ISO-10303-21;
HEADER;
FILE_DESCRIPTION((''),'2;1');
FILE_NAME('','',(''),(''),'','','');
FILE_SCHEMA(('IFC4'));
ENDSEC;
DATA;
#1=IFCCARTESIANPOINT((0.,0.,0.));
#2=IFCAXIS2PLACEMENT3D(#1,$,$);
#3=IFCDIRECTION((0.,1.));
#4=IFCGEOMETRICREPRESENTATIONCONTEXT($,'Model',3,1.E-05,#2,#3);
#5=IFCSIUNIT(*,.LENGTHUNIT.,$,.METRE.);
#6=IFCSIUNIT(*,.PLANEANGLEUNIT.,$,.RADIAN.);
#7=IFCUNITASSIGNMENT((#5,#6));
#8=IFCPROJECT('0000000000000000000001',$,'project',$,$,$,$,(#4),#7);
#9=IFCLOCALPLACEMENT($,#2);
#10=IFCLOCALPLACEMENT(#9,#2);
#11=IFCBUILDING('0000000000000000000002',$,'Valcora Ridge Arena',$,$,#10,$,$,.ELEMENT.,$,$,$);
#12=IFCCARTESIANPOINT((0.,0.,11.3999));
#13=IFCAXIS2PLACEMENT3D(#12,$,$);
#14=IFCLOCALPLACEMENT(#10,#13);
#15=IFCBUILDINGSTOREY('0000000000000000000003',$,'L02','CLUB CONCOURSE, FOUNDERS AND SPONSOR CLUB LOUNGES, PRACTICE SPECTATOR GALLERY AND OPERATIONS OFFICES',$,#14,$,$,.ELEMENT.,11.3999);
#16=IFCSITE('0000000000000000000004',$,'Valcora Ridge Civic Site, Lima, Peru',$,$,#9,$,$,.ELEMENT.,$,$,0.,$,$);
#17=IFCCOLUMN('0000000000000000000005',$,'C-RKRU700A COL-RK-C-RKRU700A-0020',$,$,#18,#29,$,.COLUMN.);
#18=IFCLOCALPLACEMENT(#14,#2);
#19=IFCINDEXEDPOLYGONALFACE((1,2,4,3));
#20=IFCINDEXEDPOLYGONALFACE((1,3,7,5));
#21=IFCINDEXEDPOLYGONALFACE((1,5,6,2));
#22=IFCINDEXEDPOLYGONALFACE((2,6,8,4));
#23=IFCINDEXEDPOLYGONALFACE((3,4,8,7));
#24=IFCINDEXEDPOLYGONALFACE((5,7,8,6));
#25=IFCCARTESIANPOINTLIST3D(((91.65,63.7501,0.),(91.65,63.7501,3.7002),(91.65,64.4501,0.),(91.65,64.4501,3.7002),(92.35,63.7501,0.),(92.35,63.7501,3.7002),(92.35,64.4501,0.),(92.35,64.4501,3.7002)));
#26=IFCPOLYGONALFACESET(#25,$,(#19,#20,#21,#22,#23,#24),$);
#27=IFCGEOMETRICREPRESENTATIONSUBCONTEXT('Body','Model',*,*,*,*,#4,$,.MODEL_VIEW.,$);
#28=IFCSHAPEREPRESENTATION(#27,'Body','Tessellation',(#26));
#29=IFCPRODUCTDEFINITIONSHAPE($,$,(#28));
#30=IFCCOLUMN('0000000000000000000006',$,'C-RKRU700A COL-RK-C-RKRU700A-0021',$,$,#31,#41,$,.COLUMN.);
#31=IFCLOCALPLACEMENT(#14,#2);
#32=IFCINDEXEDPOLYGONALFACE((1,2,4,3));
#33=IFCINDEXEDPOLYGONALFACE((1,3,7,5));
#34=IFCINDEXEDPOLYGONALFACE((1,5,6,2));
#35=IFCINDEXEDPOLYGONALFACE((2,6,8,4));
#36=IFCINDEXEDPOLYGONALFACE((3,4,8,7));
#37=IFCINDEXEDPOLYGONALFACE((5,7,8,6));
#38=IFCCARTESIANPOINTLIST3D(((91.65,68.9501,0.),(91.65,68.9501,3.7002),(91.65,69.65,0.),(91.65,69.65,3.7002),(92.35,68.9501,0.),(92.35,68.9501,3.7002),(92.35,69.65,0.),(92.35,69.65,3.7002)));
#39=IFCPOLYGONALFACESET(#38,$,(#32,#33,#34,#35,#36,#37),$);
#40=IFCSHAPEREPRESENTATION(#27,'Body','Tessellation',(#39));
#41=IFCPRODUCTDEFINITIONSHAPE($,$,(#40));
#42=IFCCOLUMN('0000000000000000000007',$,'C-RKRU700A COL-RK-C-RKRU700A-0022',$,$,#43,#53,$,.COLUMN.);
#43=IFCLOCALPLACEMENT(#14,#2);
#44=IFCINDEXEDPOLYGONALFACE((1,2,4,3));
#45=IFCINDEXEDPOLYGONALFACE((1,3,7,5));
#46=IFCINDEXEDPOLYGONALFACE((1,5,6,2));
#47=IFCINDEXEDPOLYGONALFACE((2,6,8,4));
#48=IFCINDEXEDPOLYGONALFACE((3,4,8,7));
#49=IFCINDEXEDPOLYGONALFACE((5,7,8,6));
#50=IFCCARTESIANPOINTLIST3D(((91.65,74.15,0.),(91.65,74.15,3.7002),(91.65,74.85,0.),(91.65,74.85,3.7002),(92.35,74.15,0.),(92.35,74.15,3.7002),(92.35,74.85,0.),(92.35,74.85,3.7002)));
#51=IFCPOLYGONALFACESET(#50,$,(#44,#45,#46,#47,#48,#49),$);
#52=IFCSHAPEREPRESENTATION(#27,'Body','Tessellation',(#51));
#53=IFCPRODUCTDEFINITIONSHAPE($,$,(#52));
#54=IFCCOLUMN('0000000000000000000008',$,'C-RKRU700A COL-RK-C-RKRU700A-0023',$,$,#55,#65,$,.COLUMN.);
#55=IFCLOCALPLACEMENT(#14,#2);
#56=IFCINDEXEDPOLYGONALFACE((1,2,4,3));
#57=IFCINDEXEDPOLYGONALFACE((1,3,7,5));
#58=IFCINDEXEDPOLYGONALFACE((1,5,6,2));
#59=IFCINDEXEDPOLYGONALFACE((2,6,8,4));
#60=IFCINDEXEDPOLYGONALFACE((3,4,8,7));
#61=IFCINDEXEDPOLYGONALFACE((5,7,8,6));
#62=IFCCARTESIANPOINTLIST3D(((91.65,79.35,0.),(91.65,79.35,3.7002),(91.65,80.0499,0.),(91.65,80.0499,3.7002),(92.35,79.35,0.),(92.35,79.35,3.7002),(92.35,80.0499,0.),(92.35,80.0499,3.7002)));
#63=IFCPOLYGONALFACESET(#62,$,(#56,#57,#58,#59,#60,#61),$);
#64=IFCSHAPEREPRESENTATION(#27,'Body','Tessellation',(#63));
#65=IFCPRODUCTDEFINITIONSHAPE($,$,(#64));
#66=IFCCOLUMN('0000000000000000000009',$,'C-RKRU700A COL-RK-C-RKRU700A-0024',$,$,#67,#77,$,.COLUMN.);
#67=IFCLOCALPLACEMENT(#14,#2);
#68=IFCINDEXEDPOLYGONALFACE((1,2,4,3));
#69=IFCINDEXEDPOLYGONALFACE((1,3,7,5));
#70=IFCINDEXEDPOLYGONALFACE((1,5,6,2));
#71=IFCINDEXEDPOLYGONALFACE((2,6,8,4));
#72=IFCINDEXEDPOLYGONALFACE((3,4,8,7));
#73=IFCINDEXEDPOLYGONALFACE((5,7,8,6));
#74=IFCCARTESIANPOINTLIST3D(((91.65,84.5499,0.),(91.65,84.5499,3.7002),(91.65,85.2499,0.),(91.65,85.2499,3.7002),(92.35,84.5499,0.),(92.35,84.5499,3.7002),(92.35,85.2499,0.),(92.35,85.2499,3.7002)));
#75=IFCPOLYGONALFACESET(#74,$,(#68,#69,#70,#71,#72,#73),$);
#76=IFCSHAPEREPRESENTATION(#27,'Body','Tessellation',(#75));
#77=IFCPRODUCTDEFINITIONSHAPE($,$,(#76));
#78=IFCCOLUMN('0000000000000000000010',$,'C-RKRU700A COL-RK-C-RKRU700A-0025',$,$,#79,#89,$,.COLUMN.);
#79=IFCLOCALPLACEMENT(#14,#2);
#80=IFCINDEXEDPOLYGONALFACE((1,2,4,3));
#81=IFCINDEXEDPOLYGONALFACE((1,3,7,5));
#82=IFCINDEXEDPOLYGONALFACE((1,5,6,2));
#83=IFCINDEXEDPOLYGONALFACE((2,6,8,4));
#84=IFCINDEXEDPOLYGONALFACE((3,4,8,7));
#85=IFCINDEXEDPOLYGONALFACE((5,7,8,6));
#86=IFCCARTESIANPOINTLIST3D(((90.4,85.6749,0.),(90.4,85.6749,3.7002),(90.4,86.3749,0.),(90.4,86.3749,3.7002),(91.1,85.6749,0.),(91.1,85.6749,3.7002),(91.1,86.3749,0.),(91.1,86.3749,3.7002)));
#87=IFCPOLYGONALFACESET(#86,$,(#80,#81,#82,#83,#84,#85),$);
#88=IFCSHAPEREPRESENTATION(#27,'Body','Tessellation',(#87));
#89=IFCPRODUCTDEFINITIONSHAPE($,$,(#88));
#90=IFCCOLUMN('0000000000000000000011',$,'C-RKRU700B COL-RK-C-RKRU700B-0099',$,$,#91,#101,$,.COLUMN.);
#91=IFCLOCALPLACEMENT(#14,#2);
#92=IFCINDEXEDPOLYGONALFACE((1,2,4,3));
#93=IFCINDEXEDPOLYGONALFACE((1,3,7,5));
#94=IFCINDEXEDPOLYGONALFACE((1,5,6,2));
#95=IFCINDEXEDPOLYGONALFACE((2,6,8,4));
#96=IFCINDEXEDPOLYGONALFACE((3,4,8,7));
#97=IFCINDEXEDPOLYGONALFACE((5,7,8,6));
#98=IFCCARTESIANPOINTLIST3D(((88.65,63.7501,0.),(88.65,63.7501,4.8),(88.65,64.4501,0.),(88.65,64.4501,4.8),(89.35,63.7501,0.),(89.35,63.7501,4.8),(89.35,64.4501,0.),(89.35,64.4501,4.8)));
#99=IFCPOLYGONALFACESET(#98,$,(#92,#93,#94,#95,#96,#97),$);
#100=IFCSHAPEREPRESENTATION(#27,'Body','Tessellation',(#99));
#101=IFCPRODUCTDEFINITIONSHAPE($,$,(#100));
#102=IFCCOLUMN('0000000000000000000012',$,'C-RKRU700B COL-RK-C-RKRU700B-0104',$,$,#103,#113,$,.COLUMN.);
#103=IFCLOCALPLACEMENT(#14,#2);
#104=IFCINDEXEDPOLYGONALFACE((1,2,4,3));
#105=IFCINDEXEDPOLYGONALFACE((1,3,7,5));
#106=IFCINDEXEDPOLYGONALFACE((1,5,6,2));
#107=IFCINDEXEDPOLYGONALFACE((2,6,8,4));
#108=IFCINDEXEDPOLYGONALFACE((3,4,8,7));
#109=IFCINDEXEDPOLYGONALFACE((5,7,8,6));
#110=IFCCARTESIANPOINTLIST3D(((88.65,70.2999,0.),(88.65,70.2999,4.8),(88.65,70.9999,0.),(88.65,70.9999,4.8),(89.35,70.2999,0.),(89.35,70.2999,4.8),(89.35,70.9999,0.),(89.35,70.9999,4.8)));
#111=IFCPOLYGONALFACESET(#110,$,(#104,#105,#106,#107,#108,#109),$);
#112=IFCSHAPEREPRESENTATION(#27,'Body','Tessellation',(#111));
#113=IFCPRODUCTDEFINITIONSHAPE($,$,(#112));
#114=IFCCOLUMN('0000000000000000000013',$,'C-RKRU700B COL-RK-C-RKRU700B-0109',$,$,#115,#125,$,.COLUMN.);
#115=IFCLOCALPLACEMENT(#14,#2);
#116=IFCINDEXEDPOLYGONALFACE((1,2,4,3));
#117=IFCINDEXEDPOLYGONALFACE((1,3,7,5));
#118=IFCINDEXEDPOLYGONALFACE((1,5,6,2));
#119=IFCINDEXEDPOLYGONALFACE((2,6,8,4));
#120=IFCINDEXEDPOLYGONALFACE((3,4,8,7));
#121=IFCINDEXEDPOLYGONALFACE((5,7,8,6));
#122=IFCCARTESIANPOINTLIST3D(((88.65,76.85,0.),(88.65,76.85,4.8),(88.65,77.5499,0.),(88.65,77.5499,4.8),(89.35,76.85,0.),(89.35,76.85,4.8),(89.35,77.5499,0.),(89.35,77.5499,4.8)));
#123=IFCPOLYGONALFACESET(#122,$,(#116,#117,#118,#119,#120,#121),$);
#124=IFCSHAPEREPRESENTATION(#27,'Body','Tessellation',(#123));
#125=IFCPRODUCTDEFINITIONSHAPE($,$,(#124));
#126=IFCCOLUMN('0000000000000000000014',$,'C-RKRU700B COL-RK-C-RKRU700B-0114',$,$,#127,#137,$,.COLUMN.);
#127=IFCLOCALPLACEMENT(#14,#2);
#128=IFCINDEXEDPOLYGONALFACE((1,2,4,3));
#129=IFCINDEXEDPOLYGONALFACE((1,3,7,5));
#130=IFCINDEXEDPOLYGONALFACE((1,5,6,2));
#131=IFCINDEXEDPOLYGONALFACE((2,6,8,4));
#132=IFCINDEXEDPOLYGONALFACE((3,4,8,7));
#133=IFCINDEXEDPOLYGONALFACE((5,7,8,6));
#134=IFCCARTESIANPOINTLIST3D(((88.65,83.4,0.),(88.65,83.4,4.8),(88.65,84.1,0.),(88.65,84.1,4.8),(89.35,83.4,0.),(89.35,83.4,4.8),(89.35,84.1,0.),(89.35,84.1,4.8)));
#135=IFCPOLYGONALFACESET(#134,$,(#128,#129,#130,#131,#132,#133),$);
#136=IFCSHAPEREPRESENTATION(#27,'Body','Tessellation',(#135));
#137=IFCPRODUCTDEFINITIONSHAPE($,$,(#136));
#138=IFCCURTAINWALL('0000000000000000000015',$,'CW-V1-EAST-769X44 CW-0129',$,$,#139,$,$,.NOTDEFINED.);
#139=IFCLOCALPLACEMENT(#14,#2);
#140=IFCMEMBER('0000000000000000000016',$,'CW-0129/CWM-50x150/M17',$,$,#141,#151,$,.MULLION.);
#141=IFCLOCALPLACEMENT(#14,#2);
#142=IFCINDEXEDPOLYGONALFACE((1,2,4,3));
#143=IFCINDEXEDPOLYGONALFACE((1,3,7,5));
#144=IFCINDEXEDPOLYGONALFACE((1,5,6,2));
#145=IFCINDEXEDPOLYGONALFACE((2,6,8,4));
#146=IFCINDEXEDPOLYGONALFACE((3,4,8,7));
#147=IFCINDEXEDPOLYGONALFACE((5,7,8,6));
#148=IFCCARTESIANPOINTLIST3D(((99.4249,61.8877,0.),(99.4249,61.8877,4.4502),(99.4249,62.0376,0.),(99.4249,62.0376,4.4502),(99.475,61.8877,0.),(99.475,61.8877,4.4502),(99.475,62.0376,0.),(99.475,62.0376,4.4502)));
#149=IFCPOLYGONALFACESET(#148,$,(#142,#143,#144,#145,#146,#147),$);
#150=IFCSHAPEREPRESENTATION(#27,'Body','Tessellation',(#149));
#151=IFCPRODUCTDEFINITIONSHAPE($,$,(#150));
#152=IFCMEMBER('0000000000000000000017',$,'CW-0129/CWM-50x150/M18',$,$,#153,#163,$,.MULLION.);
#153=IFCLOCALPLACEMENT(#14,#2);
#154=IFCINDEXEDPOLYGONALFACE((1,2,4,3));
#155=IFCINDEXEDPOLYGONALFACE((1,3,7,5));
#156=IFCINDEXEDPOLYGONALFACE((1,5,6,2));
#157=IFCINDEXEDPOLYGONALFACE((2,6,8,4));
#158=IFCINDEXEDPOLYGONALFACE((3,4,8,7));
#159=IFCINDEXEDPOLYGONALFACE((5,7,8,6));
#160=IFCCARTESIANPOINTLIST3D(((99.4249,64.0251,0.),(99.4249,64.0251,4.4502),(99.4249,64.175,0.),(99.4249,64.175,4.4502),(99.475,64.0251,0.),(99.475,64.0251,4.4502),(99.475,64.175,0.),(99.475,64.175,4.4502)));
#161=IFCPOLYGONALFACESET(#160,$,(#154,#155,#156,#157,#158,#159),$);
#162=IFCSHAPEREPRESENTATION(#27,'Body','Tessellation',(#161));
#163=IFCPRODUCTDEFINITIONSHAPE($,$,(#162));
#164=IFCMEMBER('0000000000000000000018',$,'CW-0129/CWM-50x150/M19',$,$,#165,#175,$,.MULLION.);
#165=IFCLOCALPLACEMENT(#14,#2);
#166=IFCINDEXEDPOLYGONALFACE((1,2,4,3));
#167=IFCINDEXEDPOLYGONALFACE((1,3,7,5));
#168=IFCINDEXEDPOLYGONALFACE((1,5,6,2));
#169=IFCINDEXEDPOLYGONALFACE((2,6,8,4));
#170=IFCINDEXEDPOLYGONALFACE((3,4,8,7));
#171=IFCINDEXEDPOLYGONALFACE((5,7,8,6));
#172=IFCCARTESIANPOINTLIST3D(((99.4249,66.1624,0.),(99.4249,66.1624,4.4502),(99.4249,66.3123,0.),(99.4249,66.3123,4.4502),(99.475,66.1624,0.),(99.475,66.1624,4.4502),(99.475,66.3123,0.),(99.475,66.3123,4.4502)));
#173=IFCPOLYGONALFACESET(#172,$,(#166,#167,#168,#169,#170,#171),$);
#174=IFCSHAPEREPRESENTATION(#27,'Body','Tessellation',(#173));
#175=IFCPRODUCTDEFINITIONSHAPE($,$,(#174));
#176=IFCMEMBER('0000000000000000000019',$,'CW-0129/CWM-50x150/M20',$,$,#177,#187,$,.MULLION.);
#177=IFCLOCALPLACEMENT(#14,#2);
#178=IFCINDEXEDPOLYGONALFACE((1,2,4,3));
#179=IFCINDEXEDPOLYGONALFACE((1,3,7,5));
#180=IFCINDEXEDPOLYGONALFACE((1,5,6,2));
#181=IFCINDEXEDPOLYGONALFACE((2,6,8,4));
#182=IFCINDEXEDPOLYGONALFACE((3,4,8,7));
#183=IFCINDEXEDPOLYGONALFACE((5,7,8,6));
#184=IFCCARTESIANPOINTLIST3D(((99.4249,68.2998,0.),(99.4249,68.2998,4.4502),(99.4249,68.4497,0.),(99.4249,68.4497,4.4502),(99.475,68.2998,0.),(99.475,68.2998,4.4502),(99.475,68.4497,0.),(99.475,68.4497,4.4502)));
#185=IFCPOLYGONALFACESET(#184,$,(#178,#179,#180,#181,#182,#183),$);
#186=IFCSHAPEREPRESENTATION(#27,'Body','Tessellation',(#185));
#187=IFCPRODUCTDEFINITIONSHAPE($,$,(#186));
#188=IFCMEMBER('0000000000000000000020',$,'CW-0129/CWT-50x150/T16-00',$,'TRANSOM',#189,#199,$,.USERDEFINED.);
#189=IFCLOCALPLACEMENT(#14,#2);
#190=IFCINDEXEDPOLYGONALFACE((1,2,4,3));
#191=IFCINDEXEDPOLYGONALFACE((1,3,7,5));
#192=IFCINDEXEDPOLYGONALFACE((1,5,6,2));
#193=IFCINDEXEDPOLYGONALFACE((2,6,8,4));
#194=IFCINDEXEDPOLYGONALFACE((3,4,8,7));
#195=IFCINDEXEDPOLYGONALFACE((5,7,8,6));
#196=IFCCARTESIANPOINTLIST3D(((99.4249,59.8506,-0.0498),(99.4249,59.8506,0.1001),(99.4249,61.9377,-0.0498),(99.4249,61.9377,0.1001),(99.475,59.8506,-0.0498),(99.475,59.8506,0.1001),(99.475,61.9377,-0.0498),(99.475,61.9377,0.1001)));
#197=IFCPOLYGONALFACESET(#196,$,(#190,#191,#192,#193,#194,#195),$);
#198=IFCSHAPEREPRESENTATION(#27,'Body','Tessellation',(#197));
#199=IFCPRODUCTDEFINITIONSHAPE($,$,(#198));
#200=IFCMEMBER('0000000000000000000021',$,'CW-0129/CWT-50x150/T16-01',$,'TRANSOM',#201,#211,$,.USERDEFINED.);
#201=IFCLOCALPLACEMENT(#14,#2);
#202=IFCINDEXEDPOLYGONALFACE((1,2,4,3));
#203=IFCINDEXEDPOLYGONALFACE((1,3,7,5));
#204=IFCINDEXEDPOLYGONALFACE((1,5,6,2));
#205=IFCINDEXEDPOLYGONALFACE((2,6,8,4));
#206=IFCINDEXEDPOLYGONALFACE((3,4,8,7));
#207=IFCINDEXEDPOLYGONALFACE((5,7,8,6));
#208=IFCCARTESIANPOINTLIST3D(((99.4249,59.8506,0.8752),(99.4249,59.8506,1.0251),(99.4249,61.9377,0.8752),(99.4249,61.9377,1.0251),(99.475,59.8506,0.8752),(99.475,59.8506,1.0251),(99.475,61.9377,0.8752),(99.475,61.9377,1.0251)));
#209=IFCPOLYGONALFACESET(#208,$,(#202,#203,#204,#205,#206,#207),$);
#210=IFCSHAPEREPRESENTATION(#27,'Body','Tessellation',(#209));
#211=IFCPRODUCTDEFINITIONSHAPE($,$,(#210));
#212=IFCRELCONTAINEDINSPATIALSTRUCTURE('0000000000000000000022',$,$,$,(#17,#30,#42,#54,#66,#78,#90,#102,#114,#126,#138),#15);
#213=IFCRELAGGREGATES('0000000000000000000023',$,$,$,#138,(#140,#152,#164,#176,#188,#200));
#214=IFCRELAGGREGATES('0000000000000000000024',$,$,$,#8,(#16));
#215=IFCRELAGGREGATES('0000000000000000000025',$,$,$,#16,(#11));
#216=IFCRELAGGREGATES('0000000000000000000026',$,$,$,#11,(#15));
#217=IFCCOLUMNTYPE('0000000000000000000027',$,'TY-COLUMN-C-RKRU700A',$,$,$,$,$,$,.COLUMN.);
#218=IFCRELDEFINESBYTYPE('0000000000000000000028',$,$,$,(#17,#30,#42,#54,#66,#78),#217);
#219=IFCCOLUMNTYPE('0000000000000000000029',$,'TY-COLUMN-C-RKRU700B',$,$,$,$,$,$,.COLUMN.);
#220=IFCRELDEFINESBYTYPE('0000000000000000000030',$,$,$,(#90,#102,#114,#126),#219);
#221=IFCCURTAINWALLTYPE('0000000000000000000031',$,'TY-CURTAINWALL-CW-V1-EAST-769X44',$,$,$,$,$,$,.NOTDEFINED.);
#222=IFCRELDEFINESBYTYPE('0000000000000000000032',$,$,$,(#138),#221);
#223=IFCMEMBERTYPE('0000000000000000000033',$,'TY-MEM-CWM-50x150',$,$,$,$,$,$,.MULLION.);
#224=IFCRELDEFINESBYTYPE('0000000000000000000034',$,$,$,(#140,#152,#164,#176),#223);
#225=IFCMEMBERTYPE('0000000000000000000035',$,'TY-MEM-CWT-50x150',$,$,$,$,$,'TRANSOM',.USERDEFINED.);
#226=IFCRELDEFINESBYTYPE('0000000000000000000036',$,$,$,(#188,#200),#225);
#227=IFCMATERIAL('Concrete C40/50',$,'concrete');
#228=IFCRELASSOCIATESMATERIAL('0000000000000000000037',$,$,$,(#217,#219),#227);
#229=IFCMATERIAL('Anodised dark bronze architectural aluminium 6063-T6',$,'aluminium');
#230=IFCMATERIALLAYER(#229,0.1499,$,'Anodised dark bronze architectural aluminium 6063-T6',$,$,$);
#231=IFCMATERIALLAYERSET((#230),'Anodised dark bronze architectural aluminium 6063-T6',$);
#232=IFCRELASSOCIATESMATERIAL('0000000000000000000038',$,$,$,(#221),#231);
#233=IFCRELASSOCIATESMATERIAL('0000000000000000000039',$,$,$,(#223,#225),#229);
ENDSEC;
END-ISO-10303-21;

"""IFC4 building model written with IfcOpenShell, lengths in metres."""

from ifc_helpers import new_model, si_unit, direction, frame, origin, origin_2d, place, context, subcontext, project, spatial, rectangle, extrude, material, layer, layer_set, material_profile, profile_set, type_object, element, aggregate, save


model = new_model("IFC4")

# Units and contexts
model_context = context("Model", 3, precision=1e-05, world=origin(), true_north=direction((0.0, 1.0)))
body_context = subcontext(model_context, "Body", "Model", "MODEL_VIEW")
ifc_project = project(units=[si_unit("LENGTHUNIT", "METRE"), si_unit("PLANEANGLEUNIT", "RADIAN")], contexts=[model_context])

# Site, building, storey
site_placement = place(None, origin())
site = spatial("IfcSite", under=ifc_project, at=site_placement, Name="Valcora Ridge Civic Site, Lima, Peru", CompositionType="ELEMENT", RefElevation=0.0)
building_placement = place(site_placement, origin())
building = spatial("IfcBuilding", under=site, at=building_placement, Name="Valcora Ridge Arena", CompositionType="ELEMENT")
storey_placement = place(building_placement, frame((0.0, 0.0, 11.3999)))
storey = spatial("IfcBuildingStorey", under=building, at=storey_placement, Name="L02", Description="CLUB CONCOURSE, FOUNDERS AND SPONSOR CLUB LOUNGES, PRACTICE SPECTATOR GALLERY AND OPERATIONS OFFICES", CompositionType="ELEMENT", Elevation=11.3999)

# Columns
ifc_material_1 = material(Name="Concrete C40/50", Category="concrete")
ifc_material_profile_1 = material_profile(ifc_material_1, rectangle(XDim=0.7, YDim=0.7, at=origin_2d()), Name="RC 700x700")
ifc_profile_set_1 = profile_set([ifc_material_profile_1], Name="Concrete C40/50")
column_type_1 = type_object("IfcColumnType", Name="TY-COLUMN-C-RKRU700A", PredefinedType="COLUMN", material=ifc_profile_set_1)
for number, where, z_axis, x_axis, name in (
    (1, (92.0, 64.1001, 0.0), (0.0, 0.0, 1.0), (1.0, 0.0, 0.0), "C-RKRU700A COL-RK-C-RKRU700A-0020"),
    (2, (92.0, 69.3, 0.0), (0.0, 0.0, 1.0), (1.0, 0.0, 0.0), "C-RKRU700A COL-RK-C-RKRU700A-0021"),
    (3, (92.0, 74.5, 0.0), (0.0, 0.0, 1.0), (1.0, 0.0, 0.0), "C-RKRU700A COL-RK-C-RKRU700A-0022"),
    (4, (92.0, 79.7, 0.0), (0.0, 0.0, 1.0), (1.0, 0.0, 0.0), "C-RKRU700A COL-RK-C-RKRU700A-0023"),
    (5, (92.0, 84.8999, 0.0), (0.0, 0.0, 1.0), (1.0, 0.0, 0.0), "C-RKRU700A COL-RK-C-RKRU700A-0024"),
    (6, (90.75, 86.0249, 0.0), (0.0, 0.0, 1.0), (1.0, 0.0, 0.0), "C-RKRU700A COL-RK-C-RKRU700A-0025"),
):
    element("IfcColumn", number, at=place(storey_placement, frame(where, z_axis=z_axis, x_axis=x_axis)), inside=storey, type_object=column_type_1, Name=name, PredefinedType="COLUMN", context=body_context, shape_type="SweptSolid", body=[
        extrude(rectangle(XDim=0.7, YDim=0.7, at=origin_2d()), origin(), (0.0, 0.0, 1.0), 3.7002),
    ])
ifc_material_profile_2 = material_profile(ifc_material_1, rectangle(XDim=0.7, YDim=0.7, at=origin_2d()), Name="RC 700x700")
ifc_profile_set_2 = profile_set([ifc_material_profile_2], Name="Concrete C40/50")
column_type_2 = type_object("IfcColumnType", Name="TY-COLUMN-C-RKRU700B", PredefinedType="COLUMN", material=ifc_profile_set_2)
for number, where, z_axis, x_axis, name in (
    (7, (89.0, 64.1001, 0.0), (0.0, 0.0, 1.0), (1.0, 0.0, 0.0), "C-RKRU700B COL-RK-C-RKRU700B-0099"),
    (8, (89.0, 70.6499, 0.0), (0.0, 0.0, 1.0), (1.0, 0.0, 0.0), "C-RKRU700B COL-RK-C-RKRU700B-0104"),
    (9, (89.0, 77.2, 0.0), (0.0, 0.0, 1.0), (1.0, 0.0, 0.0), "C-RKRU700B COL-RK-C-RKRU700B-0109"),
    (10, (89.0, 83.75, 0.0), (0.0, 0.0, 1.0), (1.0, 0.0, 0.0), "C-RKRU700B COL-RK-C-RKRU700B-0114"),
):
    element("IfcColumn", number, at=place(storey_placement, frame(where, z_axis=z_axis, x_axis=x_axis)), inside=storey, type_object=column_type_2, Name=name, PredefinedType="COLUMN", context=body_context, shape_type="SweptSolid", body=[
        extrude(rectangle(XDim=0.7, YDim=0.7, at=origin_2d()), origin(), (0.0, 0.0, 1.0), 4.8),
    ])

# Curtain wall, members
ifc_material_2 = material(Name="Anodised dark bronze architectural aluminium 6063-T6", Category="aluminium")
ifc_layer_1 = layer(ifc_material_2, 0.1499, Name="Anodised dark bronze architectural aluminium 6063-T6")
ifc_layer_set_1 = layer_set([ifc_layer_1], Name="Anodised dark bronze architectural aluminium 6063-T6")
curtain_wall_type = type_object("IfcCurtainWallType", Name="TY-CURTAINWALL-CW-V1-EAST-769X44", PredefinedType="NOTDEFINED", material=ifc_layer_set_1)
curtain_wall_placement = place(storey_placement, origin())
curtain_wall = element("IfcCurtainWall", 11, at=curtain_wall_placement, inside=storey, type_object=curtain_wall_type, Name="CW-V1-EAST-769X44 CW-0129", PredefinedType="NOTDEFINED")
ifc_material_profile_3 = material_profile(ifc_material_2, rectangle(XDim=0.05, YDim=0.1499, at=origin_2d()), Name="ALU MULLION 50x150")
ifc_profile_set_3 = profile_set([ifc_material_profile_3], Name="Anodised dark bronze architectural aluminium 6063-T6")
member_type_1 = type_object("IfcMemberType", Name="TY-MEM-CWM-50x150", PredefinedType="MULLION", material=ifc_profile_set_3)
member_1_placement = place(storey_placement, frame((99.45, 61.9626, 0.0), z_axis=(0.0, 0.0, 1.0), x_axis=(-1.0, 0.0, 0.0)))
member_1 = element("IfcMember", 12, at=member_1_placement, type_object=member_type_1, Name="CW-0129/CWM-50x150/M17", PredefinedType="MULLION", context=body_context, shape_type="SweptSolid", body=[
    extrude(rectangle(XDim=0.05, YDim=0.1499, at=origin_2d()), origin(), (0.0, 0.0, 1.0), 4.4502),
])
member_2_placement = place(storey_placement, frame((99.45, 64.1001, 0.0), z_axis=(0.0, 0.0, 1.0), x_axis=(-1.0, 0.0, 0.0)))
member_2 = element("IfcMember", 13, at=member_2_placement, type_object=member_type_1, Name="CW-0129/CWM-50x150/M18", PredefinedType="MULLION", context=body_context, shape_type="SweptSolid", body=[
    extrude(rectangle(XDim=0.05, YDim=0.1499, at=origin_2d()), origin(), (0.0, 0.0, 1.0), 4.4502),
])
member_3_placement = place(storey_placement, frame((99.45, 66.2373, 0.0), z_axis=(0.0, 0.0, 1.0), x_axis=(-1.0, 0.0, 0.0)))
member_3 = element("IfcMember", 14, at=member_3_placement, type_object=member_type_1, Name="CW-0129/CWM-50x150/M19", PredefinedType="MULLION", context=body_context, shape_type="SweptSolid", body=[
    extrude(rectangle(XDim=0.05, YDim=0.1499, at=origin_2d()), origin(), (0.0, 0.0, 1.0), 4.4502),
])
member_4_placement = place(storey_placement, frame((99.45, 68.3748, 0.0), z_axis=(0.0, 0.0, 1.0), x_axis=(-1.0, 0.0, 0.0)))
member_4 = element("IfcMember", 15, at=member_4_placement, type_object=member_type_1, Name="CW-0129/CWM-50x150/M20", PredefinedType="MULLION", context=body_context, shape_type="SweptSolid", body=[
    extrude(rectangle(XDim=0.05, YDim=0.1499, at=origin_2d()), origin(), (0.0, 0.0, 1.0), 4.4502),
])
ifc_material_profile_4 = material_profile(ifc_material_2, rectangle(XDim=0.05, YDim=0.1499, at=origin_2d()), Name="ALU TRANSOM 50x150")
ifc_profile_set_4 = profile_set([ifc_material_profile_4], Name="Anodised dark bronze architectural aluminium 6063-T6")
member_type_2 = type_object("IfcMemberType", Name="TY-MEM-CWT-50x150", ElementType="TRANSOM", PredefinedType="USERDEFINED", material=ifc_profile_set_4)
member_5_placement = place(storey_placement, frame((99.45, 59.8506, 0.0251), z_axis=(0.0, 1.0, 0.0), x_axis=(-1.0, 0.0, 0.0)))
member_5 = element("IfcMember", 16, at=member_5_placement, type_object=member_type_2, Name="CW-0129/CWT-50x150/T16-00", ObjectType="TRANSOM", PredefinedType="USERDEFINED", context=body_context, shape_type="SweptSolid", body=[
    extrude(rectangle(XDim=0.05, YDim=0.1499, at=origin_2d()), origin(), (0.0, 0.0, 1.0), 2.0872),
])
member_6_placement = place(storey_placement, frame((99.45, 59.8506, 0.9502), z_axis=(0.0, 1.0, 0.0), x_axis=(-1.0, 0.0, 0.0)))
member_6 = element("IfcMember", 17, at=member_6_placement, type_object=member_type_2, Name="CW-0129/CWT-50x150/T16-01", ObjectType="TRANSOM", PredefinedType="USERDEFINED", context=body_context, shape_type="SweptSolid", body=[
    extrude(rectangle(XDim=0.05, YDim=0.1499, at=origin_2d()), origin(), (0.0, 0.0, 1.0), 2.0872),
])
aggregate(curtain_wall, [member_1, member_2, member_3, member_4, member_5, member_6])

save(model, "model.ifc")
